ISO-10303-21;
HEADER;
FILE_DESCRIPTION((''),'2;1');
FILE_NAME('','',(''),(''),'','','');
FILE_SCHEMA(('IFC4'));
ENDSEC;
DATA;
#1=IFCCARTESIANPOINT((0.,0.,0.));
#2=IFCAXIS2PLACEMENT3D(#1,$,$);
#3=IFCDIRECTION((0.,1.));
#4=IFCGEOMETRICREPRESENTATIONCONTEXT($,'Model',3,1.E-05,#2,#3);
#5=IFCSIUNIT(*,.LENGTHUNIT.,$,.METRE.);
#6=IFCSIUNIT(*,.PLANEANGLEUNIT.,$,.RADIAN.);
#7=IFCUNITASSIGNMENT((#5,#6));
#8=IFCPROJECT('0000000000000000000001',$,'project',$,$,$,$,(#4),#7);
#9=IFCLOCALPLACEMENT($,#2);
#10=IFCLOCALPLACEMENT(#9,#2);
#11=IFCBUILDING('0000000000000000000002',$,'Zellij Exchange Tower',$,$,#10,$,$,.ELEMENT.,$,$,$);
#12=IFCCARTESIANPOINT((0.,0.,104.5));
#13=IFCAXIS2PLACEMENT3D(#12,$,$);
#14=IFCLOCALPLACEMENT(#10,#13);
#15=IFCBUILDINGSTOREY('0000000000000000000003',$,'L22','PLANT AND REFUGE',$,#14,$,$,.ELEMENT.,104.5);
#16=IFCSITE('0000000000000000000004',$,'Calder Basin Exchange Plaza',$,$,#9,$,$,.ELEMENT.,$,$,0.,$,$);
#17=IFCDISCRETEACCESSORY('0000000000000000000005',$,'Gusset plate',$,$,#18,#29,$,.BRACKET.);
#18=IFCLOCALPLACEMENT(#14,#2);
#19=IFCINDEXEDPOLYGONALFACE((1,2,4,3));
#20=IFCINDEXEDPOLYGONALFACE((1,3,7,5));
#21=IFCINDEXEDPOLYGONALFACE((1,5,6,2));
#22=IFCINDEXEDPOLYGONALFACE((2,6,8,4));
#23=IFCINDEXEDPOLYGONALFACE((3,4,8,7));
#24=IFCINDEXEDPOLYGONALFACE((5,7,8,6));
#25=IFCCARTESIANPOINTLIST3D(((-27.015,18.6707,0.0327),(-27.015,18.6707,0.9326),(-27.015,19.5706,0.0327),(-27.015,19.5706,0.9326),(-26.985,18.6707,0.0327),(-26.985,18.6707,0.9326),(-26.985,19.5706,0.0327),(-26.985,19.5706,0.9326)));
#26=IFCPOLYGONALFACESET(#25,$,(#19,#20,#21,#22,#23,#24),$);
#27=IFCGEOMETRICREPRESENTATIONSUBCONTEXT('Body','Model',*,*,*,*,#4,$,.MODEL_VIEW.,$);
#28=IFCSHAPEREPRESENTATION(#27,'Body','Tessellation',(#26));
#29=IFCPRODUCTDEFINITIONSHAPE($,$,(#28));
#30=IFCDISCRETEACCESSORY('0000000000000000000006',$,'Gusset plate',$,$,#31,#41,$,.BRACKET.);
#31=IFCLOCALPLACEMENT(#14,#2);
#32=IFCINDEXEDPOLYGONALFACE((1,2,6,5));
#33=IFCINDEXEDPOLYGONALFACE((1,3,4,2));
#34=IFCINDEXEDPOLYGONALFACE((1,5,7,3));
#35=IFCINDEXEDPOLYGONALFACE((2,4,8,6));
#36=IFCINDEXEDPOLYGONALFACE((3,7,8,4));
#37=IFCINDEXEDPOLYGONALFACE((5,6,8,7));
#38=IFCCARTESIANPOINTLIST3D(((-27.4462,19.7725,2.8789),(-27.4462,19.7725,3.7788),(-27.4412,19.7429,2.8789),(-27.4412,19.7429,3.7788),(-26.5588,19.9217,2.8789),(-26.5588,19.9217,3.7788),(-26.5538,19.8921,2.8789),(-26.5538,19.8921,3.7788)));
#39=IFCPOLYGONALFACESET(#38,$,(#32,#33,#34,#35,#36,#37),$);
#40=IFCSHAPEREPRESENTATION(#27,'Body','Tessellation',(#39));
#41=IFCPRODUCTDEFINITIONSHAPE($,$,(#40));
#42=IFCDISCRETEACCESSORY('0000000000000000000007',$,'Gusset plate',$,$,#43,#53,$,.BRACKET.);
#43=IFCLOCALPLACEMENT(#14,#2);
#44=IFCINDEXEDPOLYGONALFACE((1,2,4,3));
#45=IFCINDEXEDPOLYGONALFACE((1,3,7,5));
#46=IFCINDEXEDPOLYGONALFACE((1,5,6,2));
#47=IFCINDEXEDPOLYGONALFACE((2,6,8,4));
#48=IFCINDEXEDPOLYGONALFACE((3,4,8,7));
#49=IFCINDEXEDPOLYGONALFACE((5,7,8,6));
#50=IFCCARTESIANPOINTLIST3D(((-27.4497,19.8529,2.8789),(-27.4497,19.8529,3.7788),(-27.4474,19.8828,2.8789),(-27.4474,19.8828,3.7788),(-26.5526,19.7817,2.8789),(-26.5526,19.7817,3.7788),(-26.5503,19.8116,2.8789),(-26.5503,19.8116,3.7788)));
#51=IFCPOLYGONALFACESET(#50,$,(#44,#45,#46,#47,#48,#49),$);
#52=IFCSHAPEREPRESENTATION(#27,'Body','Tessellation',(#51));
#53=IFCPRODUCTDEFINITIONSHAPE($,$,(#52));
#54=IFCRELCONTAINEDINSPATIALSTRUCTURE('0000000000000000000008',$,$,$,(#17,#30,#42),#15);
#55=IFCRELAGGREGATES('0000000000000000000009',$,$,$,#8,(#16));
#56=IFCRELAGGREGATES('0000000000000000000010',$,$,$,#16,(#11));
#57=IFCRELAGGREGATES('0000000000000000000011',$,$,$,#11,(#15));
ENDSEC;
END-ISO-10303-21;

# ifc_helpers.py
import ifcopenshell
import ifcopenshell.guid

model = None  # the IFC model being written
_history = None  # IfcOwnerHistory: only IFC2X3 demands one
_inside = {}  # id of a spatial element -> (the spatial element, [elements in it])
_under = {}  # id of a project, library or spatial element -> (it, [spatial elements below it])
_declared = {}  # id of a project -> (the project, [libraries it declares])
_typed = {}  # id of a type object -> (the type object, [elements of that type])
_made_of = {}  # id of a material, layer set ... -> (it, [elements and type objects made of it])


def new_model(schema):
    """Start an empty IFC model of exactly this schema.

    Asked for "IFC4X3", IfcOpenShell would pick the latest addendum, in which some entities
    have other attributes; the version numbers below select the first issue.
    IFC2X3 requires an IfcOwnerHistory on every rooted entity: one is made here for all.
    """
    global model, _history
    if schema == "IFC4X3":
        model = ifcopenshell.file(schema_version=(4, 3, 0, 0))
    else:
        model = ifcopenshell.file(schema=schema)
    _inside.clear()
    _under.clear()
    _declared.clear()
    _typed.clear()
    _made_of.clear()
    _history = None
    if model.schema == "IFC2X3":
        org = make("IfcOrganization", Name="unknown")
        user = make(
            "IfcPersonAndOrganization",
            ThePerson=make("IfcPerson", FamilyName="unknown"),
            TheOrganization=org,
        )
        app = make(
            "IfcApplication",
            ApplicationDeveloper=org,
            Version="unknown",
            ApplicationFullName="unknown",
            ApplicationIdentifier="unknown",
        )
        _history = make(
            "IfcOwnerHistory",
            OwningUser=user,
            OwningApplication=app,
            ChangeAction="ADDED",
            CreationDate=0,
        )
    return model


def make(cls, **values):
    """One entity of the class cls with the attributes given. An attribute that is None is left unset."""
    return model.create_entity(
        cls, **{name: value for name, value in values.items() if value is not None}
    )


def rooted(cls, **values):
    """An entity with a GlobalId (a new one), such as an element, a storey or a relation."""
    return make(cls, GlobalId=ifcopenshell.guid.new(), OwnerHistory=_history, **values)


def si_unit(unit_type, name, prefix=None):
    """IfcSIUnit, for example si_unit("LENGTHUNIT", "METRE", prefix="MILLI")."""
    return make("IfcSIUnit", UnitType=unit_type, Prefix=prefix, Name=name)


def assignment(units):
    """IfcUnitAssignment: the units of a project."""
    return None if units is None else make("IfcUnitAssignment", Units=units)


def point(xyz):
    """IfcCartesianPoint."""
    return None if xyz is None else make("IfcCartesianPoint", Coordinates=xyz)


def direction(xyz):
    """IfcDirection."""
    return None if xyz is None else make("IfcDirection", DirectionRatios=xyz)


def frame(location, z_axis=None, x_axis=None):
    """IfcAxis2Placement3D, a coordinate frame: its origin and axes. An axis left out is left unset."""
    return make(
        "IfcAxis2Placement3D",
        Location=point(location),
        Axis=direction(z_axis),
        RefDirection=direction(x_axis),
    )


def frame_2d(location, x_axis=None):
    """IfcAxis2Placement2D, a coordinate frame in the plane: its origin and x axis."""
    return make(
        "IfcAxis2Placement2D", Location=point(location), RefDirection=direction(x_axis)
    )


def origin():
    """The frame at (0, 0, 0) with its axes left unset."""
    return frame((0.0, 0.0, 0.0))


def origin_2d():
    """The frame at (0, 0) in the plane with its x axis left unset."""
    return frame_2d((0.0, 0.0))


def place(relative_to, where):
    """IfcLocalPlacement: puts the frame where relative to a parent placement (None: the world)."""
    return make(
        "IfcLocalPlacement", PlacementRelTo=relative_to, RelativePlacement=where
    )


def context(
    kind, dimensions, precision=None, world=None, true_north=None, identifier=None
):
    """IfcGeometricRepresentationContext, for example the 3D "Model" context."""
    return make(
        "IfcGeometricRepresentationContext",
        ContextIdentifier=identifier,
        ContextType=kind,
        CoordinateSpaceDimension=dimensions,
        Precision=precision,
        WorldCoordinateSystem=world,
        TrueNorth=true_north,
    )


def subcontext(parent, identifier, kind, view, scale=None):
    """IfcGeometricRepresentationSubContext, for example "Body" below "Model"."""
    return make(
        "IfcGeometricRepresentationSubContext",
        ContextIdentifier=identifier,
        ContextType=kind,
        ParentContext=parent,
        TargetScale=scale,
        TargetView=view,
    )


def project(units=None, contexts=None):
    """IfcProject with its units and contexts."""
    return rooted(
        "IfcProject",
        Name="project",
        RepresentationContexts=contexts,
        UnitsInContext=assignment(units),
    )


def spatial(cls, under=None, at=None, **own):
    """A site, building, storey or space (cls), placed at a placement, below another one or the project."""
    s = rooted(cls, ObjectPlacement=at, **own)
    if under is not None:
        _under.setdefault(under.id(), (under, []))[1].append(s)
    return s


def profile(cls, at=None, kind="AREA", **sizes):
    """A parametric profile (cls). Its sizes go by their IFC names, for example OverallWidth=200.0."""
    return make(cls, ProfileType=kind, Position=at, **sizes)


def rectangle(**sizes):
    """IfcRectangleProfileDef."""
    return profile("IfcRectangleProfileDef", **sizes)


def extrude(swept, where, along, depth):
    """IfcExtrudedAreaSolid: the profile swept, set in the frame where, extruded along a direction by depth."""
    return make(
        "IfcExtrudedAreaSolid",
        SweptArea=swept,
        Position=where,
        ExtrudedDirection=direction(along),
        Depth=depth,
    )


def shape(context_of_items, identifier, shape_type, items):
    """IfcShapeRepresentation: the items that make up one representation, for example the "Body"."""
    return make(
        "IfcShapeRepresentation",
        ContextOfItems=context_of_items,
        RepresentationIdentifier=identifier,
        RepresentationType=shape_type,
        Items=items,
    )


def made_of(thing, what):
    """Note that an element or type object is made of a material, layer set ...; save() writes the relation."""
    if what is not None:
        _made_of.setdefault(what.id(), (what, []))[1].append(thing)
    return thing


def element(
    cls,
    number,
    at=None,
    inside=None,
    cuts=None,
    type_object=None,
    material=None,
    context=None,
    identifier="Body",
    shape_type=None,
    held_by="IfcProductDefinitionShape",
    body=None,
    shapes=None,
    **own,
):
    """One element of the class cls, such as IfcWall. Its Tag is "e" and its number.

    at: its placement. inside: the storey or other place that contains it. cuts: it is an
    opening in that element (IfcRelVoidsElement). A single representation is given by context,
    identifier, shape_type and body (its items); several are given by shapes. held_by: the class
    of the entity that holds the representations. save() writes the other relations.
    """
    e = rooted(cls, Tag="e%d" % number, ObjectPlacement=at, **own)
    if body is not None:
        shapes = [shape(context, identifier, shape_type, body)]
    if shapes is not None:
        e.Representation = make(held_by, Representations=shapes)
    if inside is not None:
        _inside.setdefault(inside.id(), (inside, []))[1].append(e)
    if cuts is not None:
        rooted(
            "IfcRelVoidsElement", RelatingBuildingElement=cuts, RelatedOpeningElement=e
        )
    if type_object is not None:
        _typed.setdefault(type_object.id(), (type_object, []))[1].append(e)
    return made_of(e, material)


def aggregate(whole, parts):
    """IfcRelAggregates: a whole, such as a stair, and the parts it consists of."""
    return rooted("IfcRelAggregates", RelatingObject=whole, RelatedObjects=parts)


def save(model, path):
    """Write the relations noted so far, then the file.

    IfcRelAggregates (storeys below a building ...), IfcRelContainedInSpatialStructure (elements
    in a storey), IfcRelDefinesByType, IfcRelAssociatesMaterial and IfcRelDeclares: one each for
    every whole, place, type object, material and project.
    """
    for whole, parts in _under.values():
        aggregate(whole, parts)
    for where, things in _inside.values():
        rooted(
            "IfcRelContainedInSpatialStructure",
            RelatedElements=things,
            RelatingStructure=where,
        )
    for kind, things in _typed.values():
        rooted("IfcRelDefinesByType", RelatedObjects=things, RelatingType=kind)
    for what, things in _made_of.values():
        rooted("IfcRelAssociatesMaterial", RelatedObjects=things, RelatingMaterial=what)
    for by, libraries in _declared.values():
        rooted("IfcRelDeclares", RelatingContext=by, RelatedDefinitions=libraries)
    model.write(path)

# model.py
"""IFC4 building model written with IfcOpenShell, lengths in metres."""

from ifc_helpers import new_model, si_unit, direction, frame, origin, origin_2d, place, context, subcontext, project, spatial, rectangle, extrude, element, save


model = new_model("IFC4")

# Units and contexts
model_context = context("Model", 3, precision=1e-05, world=origin(), true_north=direction((0.0, 1.0)))
body_context = subcontext(model_context, "Body", "Model", "MODEL_VIEW")
ifc_project = project(units=[si_unit("LENGTHUNIT", "METRE"), si_unit("PLANEANGLEUNIT", "RADIAN")], contexts=[model_context])

# Site, building, storey
site_placement = place(None, origin())
site = spatial("IfcSite", under=ifc_project, at=site_placement, Name="Calder Basin Exchange Plaza", CompositionType="ELEMENT", RefElevation=0.0)
building_placement = place(site_placement, origin())
building = spatial("IfcBuilding", under=site, at=building_placement, Name="Zellij Exchange Tower", CompositionType="ELEMENT")
storey_placement = place(building_placement, frame((0.0, 0.0, 104.5)))
storey = spatial("IfcBuildingStorey", under=building, at=storey_placement, Name="L22", Description="PLANT AND REFUGE", CompositionType="ELEMENT", Elevation=104.5)

# Discrete accessories
for number, where, z_axis, x_axis, name in (
    (1, (-27.0, 19.1206, 0.0327), (0.0, 0.0, 1.0), (0.0, 1.0, 0.0), "Gusset plate"),
    (2, (-27.0, 19.8323, 2.8789), (0.0, 0.0, 1.0), (0.986165, 0.165769, 0.0), "Gusset plate"),
    (3, (-27.0, 19.8323, 2.8789), (0.0, 0.0, 1.0), (0.996864, -0.079129, 0.0), "Gusset plate"),
):
    element("IfcDiscreteAccessory", number, at=place(storey_placement, frame(where, z_axis=z_axis, x_axis=x_axis)), inside=storey, Name=name, PredefinedType="BRACKET", context=body_context, shape_type="SweptSolid", body=[
        extrude(rectangle(XDim=0.8999, YDim=0.03, at=origin_2d()), origin(), (0.0, 0.0, 1.0), 0.8999),
    ])

save(model, "model.ifc")
